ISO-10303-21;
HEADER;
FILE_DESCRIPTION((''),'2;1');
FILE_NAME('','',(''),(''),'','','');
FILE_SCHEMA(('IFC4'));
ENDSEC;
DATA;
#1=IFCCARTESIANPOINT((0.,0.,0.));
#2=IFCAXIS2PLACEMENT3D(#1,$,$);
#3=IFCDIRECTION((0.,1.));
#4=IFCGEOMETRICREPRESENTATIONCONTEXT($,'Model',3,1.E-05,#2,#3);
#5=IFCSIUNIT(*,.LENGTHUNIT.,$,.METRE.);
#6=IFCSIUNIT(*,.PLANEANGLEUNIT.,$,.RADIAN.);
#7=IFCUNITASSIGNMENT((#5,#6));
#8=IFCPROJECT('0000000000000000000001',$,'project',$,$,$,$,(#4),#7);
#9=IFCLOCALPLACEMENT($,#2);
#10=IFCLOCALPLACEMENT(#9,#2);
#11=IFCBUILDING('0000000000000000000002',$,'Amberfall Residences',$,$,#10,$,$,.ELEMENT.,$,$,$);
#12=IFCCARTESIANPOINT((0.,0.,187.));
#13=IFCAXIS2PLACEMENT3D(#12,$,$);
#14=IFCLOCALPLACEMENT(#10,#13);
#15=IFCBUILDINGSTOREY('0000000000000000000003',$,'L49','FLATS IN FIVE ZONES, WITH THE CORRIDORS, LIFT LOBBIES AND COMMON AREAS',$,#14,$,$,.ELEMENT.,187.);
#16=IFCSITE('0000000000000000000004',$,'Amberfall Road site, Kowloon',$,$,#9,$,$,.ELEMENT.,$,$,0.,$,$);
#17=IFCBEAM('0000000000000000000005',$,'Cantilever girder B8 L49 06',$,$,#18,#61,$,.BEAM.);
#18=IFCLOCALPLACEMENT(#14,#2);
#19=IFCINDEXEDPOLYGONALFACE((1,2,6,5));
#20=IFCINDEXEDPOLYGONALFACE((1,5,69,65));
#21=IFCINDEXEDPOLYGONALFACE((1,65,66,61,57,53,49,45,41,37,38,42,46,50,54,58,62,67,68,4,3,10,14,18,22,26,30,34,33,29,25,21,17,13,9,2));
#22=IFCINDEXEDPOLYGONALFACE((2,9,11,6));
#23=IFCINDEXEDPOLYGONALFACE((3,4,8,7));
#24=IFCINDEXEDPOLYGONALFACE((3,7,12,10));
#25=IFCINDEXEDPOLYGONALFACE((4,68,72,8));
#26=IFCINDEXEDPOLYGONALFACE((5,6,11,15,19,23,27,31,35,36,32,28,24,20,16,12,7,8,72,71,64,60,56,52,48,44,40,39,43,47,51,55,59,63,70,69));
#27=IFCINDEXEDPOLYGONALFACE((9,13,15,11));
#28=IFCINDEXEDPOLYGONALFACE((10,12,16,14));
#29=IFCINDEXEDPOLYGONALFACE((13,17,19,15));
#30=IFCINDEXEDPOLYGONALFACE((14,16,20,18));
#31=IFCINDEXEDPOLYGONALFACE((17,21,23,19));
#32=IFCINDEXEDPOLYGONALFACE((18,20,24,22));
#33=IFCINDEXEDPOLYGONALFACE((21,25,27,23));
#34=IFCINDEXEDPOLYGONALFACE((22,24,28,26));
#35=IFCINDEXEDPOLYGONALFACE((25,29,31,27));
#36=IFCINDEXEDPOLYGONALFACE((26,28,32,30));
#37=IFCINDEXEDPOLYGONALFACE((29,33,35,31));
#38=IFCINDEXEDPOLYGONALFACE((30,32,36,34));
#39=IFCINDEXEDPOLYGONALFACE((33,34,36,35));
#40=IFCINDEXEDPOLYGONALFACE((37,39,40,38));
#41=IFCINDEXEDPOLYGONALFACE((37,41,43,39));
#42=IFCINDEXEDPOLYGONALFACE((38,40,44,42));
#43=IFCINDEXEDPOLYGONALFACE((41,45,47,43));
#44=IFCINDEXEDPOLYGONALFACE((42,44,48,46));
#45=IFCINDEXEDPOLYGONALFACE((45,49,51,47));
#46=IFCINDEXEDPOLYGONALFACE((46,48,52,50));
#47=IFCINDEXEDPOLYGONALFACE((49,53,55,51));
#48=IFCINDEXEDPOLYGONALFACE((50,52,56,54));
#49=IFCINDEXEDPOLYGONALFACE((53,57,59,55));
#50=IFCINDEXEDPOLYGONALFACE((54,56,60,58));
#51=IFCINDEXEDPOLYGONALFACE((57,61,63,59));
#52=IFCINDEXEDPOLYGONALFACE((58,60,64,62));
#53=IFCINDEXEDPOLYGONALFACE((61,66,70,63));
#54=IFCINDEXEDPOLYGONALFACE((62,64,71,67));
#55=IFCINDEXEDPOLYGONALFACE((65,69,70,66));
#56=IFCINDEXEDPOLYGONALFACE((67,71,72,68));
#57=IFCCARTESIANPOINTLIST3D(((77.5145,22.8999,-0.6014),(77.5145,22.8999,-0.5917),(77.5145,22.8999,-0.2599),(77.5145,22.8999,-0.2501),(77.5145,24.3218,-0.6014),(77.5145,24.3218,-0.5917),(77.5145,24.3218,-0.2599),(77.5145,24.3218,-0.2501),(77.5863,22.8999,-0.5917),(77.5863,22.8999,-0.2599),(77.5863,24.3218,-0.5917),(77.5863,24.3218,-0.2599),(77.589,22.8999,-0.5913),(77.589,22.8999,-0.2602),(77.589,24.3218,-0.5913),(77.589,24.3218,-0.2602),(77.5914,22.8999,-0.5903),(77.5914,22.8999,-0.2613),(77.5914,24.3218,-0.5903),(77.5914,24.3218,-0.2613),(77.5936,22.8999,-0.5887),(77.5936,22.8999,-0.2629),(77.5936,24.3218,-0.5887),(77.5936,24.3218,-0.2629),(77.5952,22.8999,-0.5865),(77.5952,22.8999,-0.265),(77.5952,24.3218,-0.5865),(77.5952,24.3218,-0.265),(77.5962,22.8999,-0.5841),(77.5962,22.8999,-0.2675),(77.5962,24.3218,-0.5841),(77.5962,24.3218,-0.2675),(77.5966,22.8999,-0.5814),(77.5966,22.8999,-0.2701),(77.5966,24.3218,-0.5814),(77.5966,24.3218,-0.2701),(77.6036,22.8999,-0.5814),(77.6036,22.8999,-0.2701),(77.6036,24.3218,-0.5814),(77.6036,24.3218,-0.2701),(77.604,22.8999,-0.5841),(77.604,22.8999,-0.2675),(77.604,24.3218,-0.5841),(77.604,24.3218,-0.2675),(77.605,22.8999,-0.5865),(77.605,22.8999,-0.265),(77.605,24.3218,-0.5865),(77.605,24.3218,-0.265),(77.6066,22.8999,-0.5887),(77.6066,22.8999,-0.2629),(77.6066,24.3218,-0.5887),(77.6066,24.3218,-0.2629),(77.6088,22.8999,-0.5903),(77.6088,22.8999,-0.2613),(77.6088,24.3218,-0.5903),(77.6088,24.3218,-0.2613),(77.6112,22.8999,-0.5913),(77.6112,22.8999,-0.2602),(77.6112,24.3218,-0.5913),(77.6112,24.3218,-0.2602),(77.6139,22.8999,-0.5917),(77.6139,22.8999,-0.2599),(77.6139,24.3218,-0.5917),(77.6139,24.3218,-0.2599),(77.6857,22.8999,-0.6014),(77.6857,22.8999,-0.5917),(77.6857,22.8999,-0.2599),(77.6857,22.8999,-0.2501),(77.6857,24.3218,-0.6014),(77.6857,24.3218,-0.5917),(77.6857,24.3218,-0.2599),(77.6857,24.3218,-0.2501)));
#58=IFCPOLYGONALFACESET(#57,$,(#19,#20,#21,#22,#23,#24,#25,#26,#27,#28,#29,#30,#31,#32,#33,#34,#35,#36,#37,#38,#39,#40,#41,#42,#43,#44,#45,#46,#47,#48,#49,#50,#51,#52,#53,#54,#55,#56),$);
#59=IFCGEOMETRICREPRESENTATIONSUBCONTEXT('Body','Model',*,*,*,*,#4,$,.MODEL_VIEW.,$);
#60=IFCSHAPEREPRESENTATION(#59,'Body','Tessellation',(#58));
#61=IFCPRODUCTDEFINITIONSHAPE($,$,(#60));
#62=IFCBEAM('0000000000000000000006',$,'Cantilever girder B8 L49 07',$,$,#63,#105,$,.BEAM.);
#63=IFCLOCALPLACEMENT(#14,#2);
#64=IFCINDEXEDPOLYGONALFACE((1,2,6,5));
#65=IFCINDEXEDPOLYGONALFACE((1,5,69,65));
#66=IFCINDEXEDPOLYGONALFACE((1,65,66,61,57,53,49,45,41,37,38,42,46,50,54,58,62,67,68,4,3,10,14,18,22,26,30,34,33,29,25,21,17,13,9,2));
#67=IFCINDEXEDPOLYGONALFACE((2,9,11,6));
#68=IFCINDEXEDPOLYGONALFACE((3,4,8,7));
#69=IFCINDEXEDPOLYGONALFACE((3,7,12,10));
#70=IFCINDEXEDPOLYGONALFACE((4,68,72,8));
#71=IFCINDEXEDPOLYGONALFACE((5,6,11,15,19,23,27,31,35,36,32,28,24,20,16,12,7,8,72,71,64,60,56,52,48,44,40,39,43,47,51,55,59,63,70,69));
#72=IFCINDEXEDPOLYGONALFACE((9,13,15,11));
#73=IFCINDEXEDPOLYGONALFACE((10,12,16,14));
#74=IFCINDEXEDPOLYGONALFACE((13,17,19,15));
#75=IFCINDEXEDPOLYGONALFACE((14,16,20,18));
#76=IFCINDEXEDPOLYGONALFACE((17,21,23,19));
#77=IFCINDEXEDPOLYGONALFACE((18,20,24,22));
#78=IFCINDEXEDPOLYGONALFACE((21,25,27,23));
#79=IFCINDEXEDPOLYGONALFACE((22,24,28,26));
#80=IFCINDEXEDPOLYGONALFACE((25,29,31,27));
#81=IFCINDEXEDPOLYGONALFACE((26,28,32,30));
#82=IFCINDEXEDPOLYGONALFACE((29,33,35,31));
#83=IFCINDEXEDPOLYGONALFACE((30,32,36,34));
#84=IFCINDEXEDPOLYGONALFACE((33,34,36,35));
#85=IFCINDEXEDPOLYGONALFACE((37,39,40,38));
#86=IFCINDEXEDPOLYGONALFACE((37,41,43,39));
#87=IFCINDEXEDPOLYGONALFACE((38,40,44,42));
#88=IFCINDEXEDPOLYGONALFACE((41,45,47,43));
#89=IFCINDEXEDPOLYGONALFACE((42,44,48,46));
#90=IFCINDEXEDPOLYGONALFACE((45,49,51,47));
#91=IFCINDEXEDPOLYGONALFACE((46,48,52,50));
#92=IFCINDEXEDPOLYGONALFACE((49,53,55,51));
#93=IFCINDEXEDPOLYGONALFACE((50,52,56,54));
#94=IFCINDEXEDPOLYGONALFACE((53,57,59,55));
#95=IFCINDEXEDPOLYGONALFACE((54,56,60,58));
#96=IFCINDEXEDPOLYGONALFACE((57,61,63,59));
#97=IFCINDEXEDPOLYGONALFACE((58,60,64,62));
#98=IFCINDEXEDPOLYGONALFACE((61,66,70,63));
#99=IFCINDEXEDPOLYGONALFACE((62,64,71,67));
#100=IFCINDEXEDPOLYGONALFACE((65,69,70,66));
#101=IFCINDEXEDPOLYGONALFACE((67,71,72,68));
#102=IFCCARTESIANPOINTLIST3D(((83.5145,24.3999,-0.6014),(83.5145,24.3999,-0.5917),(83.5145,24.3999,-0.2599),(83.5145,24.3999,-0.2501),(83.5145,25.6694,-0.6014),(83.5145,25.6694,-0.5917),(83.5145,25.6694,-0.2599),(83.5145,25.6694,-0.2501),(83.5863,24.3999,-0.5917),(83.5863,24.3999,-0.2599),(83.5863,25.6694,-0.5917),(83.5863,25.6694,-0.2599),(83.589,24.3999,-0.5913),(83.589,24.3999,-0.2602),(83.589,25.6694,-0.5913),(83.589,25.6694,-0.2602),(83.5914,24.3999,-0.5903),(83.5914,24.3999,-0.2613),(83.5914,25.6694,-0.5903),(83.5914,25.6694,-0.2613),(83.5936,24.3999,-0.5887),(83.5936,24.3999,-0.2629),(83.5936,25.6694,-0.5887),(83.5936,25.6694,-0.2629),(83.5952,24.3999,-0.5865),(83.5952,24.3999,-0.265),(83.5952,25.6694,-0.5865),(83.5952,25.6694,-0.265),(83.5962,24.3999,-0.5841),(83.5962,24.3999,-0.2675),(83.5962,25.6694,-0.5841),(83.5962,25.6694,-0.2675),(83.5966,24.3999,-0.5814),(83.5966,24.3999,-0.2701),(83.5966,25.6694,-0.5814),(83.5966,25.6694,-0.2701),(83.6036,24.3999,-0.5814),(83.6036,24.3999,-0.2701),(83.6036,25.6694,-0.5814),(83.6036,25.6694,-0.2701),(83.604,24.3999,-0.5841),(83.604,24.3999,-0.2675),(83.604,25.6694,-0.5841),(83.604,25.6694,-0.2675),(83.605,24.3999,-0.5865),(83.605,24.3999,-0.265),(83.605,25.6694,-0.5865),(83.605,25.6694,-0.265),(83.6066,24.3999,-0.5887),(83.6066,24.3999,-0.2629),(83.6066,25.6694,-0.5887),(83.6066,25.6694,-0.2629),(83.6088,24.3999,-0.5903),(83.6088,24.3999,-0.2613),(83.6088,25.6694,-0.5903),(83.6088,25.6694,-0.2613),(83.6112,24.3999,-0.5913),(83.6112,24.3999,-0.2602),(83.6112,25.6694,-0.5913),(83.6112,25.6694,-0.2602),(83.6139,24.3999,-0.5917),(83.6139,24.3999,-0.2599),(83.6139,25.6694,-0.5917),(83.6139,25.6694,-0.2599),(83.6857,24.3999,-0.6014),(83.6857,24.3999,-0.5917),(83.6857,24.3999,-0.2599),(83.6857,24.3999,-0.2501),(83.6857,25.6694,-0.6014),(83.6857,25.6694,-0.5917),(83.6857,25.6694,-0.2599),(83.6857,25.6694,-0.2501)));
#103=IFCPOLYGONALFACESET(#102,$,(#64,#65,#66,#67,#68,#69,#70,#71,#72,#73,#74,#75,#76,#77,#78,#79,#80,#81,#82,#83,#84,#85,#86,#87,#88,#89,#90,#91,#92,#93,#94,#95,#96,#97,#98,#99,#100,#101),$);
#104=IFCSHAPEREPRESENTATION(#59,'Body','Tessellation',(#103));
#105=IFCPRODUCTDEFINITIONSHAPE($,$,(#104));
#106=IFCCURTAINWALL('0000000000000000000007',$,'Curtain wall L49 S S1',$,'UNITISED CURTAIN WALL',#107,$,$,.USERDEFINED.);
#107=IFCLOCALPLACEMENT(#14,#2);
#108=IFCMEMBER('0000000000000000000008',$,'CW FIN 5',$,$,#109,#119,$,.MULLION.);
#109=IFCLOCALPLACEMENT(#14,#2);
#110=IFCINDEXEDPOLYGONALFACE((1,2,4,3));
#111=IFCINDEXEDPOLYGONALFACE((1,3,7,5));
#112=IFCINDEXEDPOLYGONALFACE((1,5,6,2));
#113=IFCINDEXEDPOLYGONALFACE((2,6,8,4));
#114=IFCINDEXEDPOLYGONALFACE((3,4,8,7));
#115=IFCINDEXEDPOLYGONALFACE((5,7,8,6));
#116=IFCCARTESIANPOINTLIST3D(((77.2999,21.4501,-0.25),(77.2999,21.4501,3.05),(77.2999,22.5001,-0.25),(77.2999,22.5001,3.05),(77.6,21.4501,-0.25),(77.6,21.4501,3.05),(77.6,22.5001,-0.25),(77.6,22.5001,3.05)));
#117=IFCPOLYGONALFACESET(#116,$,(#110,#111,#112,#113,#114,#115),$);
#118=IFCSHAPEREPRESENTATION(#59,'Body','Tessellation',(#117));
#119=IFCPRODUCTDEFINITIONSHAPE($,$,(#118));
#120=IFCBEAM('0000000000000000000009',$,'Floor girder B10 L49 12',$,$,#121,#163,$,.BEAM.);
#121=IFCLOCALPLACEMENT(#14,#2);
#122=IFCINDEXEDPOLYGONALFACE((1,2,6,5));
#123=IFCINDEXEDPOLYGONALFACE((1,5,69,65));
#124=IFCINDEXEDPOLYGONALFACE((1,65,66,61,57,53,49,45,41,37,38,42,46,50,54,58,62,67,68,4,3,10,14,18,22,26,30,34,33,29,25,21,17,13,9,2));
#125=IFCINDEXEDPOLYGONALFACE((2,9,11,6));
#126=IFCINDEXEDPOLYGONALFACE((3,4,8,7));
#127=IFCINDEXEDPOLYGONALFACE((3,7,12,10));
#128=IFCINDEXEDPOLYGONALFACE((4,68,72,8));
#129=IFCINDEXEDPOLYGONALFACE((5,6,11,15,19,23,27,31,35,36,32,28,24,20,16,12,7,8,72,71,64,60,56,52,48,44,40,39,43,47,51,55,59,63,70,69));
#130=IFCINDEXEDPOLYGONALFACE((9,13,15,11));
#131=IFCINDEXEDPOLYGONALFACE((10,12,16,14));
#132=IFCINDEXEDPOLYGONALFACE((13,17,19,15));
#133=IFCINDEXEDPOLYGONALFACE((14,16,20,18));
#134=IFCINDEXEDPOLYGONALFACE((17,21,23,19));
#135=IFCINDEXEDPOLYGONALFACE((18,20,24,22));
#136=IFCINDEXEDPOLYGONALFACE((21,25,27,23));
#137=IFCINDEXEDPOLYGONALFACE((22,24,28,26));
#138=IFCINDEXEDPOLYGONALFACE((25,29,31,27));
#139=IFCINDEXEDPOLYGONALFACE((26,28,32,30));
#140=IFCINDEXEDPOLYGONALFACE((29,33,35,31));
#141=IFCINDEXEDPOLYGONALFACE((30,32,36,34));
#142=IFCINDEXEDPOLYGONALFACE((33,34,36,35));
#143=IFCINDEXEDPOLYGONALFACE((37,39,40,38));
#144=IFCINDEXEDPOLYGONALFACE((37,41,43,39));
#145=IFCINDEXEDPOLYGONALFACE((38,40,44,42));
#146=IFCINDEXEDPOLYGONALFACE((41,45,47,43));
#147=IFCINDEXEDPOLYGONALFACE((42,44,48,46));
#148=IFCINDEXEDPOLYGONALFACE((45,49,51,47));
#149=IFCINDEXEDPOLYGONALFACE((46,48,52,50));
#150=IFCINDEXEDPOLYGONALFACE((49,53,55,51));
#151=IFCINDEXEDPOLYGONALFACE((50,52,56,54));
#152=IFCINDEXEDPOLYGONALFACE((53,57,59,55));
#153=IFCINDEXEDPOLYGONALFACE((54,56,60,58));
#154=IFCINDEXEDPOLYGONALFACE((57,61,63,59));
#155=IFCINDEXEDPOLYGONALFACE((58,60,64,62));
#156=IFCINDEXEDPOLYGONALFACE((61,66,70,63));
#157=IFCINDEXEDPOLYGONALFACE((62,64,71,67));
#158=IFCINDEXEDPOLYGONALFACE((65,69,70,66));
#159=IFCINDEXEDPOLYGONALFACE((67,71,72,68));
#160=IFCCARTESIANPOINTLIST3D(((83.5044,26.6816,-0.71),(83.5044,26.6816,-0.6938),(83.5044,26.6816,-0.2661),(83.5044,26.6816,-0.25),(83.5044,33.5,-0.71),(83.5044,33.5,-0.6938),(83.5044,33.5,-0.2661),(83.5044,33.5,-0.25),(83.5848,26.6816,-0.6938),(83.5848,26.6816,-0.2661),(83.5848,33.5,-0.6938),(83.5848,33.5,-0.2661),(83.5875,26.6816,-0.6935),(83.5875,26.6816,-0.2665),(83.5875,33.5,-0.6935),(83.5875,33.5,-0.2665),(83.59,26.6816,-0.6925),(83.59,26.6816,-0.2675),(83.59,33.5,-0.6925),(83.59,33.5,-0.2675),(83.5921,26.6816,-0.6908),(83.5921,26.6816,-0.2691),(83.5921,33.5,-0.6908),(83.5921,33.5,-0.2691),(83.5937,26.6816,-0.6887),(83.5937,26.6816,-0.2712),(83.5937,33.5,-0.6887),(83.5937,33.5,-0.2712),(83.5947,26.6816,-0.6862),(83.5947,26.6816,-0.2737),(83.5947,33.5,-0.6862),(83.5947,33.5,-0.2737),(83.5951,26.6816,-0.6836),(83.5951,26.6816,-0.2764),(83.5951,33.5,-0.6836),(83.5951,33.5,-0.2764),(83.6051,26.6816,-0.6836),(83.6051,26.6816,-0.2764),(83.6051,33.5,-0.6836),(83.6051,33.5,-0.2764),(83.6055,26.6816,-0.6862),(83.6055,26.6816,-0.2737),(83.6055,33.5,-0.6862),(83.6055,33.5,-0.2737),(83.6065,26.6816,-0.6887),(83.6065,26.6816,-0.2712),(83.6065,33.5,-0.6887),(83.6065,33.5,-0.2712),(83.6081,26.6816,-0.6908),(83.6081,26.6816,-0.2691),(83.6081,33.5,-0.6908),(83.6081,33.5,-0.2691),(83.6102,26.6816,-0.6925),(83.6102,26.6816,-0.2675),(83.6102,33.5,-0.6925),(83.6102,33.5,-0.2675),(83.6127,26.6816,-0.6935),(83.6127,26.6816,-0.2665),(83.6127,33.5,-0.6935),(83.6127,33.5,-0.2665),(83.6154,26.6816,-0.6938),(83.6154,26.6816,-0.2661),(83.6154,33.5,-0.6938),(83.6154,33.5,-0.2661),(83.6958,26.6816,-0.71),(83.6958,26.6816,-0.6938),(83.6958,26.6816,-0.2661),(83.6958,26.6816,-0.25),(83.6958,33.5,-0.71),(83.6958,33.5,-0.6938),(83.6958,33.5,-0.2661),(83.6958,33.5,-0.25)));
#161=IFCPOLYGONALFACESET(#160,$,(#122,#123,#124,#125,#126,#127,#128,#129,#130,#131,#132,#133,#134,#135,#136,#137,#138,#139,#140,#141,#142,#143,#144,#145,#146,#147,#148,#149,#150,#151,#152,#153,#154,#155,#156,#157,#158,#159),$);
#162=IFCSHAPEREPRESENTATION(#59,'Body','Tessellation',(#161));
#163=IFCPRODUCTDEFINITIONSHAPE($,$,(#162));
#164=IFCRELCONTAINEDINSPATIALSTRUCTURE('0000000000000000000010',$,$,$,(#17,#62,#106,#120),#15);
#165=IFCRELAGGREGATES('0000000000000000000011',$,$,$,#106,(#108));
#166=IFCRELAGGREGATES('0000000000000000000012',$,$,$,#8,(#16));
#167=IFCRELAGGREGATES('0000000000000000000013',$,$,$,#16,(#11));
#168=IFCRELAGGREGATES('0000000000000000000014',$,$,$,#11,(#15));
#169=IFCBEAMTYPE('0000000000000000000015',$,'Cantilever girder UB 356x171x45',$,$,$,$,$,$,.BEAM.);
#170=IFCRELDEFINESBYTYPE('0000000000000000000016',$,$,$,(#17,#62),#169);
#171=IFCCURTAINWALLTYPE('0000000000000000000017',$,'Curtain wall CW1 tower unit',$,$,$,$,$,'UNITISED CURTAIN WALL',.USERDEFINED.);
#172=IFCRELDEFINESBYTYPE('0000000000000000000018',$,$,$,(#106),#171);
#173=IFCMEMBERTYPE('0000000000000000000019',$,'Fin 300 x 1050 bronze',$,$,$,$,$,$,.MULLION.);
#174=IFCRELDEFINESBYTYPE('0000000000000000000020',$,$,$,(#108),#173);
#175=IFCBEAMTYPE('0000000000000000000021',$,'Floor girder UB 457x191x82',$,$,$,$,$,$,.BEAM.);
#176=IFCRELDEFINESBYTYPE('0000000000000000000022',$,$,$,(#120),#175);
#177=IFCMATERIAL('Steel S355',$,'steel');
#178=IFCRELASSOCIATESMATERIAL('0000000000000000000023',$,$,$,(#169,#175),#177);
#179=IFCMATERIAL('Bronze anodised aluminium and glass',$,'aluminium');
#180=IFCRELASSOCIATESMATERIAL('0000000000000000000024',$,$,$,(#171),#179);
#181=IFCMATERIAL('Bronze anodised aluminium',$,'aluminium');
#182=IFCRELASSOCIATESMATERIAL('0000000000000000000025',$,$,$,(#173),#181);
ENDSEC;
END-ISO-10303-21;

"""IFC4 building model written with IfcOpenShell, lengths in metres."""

from ifc_helpers import new_model, si_unit, direction, frame, origin, origin_2d, place, context, subcontext, project, spatial, rectangle, i_section, extrude, material, material_profile, profile_set, type_object, element, aggregate, save


model = new_model("IFC4")

# Units and contexts
model_context = context("Model", 3, precision=1e-05, world=origin(), true_north=direction((0.0, 1.0)))
body_context = subcontext(model_context, "Body", "Model", "MODEL_VIEW")
ifc_project = project(units=[si_unit("LENGTHUNIT", "METRE"), si_unit("PLANEANGLEUNIT", "RADIAN")], contexts=[model_context])

# Site, building, storey
site_placement = place(None, origin())
site = spatial("IfcSite", under=ifc_project, at=site_placement, Name="Amberfall Road site, Kowloon", CompositionType="ELEMENT", RefElevation=0.0)
building_placement = place(site_placement, origin())
building = spatial("IfcBuilding", under=site, at=building_placement, Name="Amberfall Residences", CompositionType="ELEMENT")
storey_placement = place(building_placement, frame((0.0, 0.0, 187.0)))
storey = spatial("IfcBuildingStorey", under=building, at=storey_placement, Name="L49", Description="FLATS IN FIVE ZONES, WITH THE CORRIDORS, LIFT LOBBIES AND COMMON AREAS", CompositionType="ELEMENT", Elevation=187.0)

# Beams
ifc_material_1 = material(Name="Steel S355", Category="steel")
ifc_material_profile_1 = material_profile(ifc_material_1, i_section(OverallWidth=0.1711, OverallDepth=0.3513, WebThickness=0.0071, FlangeThickness=0.0098, FilletRadius=0.0103, at=origin_2d()), Name="UB 356x171x45")
ifc_profile_set_1 = profile_set([ifc_material_profile_1], Name="Steel S355")
beam_type_1 = type_object("IfcBeamType", Name="Cantilever girder UB 356x171x45", PredefinedType="BEAM", material=ifc_profile_set_1)
beam_1_placement = place(storey_placement, frame((77.6001, 24.3218, -0.4258), z_axis=(0.0, -1.0, 0.0), x_axis=(1.0, 0.0, 0.0)))
element("IfcBeam", 1, at=beam_1_placement, inside=storey, type_object=beam_type_1, Name="Cantilever girder B8 L49 06", PredefinedType="BEAM", context=body_context, shape_type="SweptSolid", body=[
    extrude(i_section(OverallWidth=0.1711, OverallDepth=0.3513, WebThickness=0.0071, FlangeThickness=0.0098, FilletRadius=0.0103, at=origin_2d()), origin(), (0.0, 0.0, 1.0), 1.4219),
])
beam_2_placement = place(storey_placement, frame((83.6001, 25.6694, -0.4258), z_axis=(0.0, -1.0, 0.0), x_axis=(1.0, 0.0, 0.0)))
element("IfcBeam", 2, at=beam_2_placement, inside=storey, type_object=beam_type_1, Name="Cantilever girder B8 L49 07", PredefinedType="BEAM", context=body_context, shape_type="SweptSolid", body=[
    extrude(i_section(OverallWidth=0.1711, OverallDepth=0.3513, WebThickness=0.0071, FlangeThickness=0.0098, FilletRadius=0.0103, at=origin_2d()), origin(), (0.0, 0.0, 1.0), 1.2695),
])

# Curtain wall, member
ifc_material_2 = material(Name="Bronze anodised aluminium and glass", Category="aluminium")
curtain_wall_type = type_object("IfcCurtainWallType", Name="Curtain wall CW1 tower unit", ElementType="UNITISED CURTAIN WALL", PredefinedType="USERDEFINED", material=ifc_material_2)
curtain_wall_placement = place(storey_placement, origin())
curtain_wall = element("IfcCurtainWall", 3, at=curtain_wall_placement, inside=storey, type_object=curtain_wall_type, Name="Curtain wall L49 S S1", ObjectType="UNITISED CURTAIN WALL", PredefinedType="USERDEFINED")
ifc_material_3 = material(Name="Bronze anodised aluminium", Category="aluminium")
ifc_material_profile_2 = material_profile(ifc_material_3, rectangle(XDim=1.05, YDim=0.3, at=origin_2d()), Name="Fin 300 x 1050 bronze")
ifc_profile_set_2 = profile_set([ifc_material_profile_2], Name="Bronze anodised aluminium")
member_type = type_object("IfcMemberType", Name="Fin 300 x 1050 bronze", PredefinedType="MULLION", material=ifc_profile_set_2)
member_placement = place(storey_placement, frame((77.45, 21.9751, -0.25), z_axis=(0.0, 0.0, 1.0), x_axis=(0.0, 1.0, 0.0)))
member = element("IfcMember", 4, at=member_placement, type_object=member_type, Name="CW FIN 5", PredefinedType="MULLION", context=body_context, shape_type="SweptSolid", body=[
    extrude(rectangle(XDim=1.05, YDim=0.3, at=origin_2d()), origin(), (0.0, 0.0, 1.0), 3.3),
])

# Beam
ifc_material_profile_3 = material_profile(ifc_material_1, i_section(OverallWidth=0.1914, OverallDepth=0.46, WebThickness=0.01, FlangeThickness=0.0161, FilletRadius=0.0103, at=origin_2d()), Name="UB 457x191x82")
ifc_profile_set_3 = profile_set([ifc_material_profile_3], Name="Steel S355")
beam_type_2 = type_object("IfcBeamType", Name="Floor girder UB 457x191x82", PredefinedType="BEAM", material=ifc_profile_set_3)
beam_3_placement = place(storey_placement, frame((83.6001, 26.6816, -0.48), z_axis=(0.0, 1.0, 0.0), x_axis=(-1.0, 0.0, 0.0)))
element("IfcBeam", 5, at=beam_3_placement, inside=storey, type_object=beam_type_2, Name="Floor girder B10 L49 12", PredefinedType="BEAM", context=body_context, shape_type="SweptSolid", body=[
    extrude(i_section(OverallWidth=0.1914, OverallDepth=0.46, WebThickness=0.01, FlangeThickness=0.0161, FilletRadius=0.0103, at=origin_2d()), origin(), (0.0, 0.0, 1.0), 6.8184),
])

aggregate(curtain_wall, [member])

save(model, "model.ifc")
